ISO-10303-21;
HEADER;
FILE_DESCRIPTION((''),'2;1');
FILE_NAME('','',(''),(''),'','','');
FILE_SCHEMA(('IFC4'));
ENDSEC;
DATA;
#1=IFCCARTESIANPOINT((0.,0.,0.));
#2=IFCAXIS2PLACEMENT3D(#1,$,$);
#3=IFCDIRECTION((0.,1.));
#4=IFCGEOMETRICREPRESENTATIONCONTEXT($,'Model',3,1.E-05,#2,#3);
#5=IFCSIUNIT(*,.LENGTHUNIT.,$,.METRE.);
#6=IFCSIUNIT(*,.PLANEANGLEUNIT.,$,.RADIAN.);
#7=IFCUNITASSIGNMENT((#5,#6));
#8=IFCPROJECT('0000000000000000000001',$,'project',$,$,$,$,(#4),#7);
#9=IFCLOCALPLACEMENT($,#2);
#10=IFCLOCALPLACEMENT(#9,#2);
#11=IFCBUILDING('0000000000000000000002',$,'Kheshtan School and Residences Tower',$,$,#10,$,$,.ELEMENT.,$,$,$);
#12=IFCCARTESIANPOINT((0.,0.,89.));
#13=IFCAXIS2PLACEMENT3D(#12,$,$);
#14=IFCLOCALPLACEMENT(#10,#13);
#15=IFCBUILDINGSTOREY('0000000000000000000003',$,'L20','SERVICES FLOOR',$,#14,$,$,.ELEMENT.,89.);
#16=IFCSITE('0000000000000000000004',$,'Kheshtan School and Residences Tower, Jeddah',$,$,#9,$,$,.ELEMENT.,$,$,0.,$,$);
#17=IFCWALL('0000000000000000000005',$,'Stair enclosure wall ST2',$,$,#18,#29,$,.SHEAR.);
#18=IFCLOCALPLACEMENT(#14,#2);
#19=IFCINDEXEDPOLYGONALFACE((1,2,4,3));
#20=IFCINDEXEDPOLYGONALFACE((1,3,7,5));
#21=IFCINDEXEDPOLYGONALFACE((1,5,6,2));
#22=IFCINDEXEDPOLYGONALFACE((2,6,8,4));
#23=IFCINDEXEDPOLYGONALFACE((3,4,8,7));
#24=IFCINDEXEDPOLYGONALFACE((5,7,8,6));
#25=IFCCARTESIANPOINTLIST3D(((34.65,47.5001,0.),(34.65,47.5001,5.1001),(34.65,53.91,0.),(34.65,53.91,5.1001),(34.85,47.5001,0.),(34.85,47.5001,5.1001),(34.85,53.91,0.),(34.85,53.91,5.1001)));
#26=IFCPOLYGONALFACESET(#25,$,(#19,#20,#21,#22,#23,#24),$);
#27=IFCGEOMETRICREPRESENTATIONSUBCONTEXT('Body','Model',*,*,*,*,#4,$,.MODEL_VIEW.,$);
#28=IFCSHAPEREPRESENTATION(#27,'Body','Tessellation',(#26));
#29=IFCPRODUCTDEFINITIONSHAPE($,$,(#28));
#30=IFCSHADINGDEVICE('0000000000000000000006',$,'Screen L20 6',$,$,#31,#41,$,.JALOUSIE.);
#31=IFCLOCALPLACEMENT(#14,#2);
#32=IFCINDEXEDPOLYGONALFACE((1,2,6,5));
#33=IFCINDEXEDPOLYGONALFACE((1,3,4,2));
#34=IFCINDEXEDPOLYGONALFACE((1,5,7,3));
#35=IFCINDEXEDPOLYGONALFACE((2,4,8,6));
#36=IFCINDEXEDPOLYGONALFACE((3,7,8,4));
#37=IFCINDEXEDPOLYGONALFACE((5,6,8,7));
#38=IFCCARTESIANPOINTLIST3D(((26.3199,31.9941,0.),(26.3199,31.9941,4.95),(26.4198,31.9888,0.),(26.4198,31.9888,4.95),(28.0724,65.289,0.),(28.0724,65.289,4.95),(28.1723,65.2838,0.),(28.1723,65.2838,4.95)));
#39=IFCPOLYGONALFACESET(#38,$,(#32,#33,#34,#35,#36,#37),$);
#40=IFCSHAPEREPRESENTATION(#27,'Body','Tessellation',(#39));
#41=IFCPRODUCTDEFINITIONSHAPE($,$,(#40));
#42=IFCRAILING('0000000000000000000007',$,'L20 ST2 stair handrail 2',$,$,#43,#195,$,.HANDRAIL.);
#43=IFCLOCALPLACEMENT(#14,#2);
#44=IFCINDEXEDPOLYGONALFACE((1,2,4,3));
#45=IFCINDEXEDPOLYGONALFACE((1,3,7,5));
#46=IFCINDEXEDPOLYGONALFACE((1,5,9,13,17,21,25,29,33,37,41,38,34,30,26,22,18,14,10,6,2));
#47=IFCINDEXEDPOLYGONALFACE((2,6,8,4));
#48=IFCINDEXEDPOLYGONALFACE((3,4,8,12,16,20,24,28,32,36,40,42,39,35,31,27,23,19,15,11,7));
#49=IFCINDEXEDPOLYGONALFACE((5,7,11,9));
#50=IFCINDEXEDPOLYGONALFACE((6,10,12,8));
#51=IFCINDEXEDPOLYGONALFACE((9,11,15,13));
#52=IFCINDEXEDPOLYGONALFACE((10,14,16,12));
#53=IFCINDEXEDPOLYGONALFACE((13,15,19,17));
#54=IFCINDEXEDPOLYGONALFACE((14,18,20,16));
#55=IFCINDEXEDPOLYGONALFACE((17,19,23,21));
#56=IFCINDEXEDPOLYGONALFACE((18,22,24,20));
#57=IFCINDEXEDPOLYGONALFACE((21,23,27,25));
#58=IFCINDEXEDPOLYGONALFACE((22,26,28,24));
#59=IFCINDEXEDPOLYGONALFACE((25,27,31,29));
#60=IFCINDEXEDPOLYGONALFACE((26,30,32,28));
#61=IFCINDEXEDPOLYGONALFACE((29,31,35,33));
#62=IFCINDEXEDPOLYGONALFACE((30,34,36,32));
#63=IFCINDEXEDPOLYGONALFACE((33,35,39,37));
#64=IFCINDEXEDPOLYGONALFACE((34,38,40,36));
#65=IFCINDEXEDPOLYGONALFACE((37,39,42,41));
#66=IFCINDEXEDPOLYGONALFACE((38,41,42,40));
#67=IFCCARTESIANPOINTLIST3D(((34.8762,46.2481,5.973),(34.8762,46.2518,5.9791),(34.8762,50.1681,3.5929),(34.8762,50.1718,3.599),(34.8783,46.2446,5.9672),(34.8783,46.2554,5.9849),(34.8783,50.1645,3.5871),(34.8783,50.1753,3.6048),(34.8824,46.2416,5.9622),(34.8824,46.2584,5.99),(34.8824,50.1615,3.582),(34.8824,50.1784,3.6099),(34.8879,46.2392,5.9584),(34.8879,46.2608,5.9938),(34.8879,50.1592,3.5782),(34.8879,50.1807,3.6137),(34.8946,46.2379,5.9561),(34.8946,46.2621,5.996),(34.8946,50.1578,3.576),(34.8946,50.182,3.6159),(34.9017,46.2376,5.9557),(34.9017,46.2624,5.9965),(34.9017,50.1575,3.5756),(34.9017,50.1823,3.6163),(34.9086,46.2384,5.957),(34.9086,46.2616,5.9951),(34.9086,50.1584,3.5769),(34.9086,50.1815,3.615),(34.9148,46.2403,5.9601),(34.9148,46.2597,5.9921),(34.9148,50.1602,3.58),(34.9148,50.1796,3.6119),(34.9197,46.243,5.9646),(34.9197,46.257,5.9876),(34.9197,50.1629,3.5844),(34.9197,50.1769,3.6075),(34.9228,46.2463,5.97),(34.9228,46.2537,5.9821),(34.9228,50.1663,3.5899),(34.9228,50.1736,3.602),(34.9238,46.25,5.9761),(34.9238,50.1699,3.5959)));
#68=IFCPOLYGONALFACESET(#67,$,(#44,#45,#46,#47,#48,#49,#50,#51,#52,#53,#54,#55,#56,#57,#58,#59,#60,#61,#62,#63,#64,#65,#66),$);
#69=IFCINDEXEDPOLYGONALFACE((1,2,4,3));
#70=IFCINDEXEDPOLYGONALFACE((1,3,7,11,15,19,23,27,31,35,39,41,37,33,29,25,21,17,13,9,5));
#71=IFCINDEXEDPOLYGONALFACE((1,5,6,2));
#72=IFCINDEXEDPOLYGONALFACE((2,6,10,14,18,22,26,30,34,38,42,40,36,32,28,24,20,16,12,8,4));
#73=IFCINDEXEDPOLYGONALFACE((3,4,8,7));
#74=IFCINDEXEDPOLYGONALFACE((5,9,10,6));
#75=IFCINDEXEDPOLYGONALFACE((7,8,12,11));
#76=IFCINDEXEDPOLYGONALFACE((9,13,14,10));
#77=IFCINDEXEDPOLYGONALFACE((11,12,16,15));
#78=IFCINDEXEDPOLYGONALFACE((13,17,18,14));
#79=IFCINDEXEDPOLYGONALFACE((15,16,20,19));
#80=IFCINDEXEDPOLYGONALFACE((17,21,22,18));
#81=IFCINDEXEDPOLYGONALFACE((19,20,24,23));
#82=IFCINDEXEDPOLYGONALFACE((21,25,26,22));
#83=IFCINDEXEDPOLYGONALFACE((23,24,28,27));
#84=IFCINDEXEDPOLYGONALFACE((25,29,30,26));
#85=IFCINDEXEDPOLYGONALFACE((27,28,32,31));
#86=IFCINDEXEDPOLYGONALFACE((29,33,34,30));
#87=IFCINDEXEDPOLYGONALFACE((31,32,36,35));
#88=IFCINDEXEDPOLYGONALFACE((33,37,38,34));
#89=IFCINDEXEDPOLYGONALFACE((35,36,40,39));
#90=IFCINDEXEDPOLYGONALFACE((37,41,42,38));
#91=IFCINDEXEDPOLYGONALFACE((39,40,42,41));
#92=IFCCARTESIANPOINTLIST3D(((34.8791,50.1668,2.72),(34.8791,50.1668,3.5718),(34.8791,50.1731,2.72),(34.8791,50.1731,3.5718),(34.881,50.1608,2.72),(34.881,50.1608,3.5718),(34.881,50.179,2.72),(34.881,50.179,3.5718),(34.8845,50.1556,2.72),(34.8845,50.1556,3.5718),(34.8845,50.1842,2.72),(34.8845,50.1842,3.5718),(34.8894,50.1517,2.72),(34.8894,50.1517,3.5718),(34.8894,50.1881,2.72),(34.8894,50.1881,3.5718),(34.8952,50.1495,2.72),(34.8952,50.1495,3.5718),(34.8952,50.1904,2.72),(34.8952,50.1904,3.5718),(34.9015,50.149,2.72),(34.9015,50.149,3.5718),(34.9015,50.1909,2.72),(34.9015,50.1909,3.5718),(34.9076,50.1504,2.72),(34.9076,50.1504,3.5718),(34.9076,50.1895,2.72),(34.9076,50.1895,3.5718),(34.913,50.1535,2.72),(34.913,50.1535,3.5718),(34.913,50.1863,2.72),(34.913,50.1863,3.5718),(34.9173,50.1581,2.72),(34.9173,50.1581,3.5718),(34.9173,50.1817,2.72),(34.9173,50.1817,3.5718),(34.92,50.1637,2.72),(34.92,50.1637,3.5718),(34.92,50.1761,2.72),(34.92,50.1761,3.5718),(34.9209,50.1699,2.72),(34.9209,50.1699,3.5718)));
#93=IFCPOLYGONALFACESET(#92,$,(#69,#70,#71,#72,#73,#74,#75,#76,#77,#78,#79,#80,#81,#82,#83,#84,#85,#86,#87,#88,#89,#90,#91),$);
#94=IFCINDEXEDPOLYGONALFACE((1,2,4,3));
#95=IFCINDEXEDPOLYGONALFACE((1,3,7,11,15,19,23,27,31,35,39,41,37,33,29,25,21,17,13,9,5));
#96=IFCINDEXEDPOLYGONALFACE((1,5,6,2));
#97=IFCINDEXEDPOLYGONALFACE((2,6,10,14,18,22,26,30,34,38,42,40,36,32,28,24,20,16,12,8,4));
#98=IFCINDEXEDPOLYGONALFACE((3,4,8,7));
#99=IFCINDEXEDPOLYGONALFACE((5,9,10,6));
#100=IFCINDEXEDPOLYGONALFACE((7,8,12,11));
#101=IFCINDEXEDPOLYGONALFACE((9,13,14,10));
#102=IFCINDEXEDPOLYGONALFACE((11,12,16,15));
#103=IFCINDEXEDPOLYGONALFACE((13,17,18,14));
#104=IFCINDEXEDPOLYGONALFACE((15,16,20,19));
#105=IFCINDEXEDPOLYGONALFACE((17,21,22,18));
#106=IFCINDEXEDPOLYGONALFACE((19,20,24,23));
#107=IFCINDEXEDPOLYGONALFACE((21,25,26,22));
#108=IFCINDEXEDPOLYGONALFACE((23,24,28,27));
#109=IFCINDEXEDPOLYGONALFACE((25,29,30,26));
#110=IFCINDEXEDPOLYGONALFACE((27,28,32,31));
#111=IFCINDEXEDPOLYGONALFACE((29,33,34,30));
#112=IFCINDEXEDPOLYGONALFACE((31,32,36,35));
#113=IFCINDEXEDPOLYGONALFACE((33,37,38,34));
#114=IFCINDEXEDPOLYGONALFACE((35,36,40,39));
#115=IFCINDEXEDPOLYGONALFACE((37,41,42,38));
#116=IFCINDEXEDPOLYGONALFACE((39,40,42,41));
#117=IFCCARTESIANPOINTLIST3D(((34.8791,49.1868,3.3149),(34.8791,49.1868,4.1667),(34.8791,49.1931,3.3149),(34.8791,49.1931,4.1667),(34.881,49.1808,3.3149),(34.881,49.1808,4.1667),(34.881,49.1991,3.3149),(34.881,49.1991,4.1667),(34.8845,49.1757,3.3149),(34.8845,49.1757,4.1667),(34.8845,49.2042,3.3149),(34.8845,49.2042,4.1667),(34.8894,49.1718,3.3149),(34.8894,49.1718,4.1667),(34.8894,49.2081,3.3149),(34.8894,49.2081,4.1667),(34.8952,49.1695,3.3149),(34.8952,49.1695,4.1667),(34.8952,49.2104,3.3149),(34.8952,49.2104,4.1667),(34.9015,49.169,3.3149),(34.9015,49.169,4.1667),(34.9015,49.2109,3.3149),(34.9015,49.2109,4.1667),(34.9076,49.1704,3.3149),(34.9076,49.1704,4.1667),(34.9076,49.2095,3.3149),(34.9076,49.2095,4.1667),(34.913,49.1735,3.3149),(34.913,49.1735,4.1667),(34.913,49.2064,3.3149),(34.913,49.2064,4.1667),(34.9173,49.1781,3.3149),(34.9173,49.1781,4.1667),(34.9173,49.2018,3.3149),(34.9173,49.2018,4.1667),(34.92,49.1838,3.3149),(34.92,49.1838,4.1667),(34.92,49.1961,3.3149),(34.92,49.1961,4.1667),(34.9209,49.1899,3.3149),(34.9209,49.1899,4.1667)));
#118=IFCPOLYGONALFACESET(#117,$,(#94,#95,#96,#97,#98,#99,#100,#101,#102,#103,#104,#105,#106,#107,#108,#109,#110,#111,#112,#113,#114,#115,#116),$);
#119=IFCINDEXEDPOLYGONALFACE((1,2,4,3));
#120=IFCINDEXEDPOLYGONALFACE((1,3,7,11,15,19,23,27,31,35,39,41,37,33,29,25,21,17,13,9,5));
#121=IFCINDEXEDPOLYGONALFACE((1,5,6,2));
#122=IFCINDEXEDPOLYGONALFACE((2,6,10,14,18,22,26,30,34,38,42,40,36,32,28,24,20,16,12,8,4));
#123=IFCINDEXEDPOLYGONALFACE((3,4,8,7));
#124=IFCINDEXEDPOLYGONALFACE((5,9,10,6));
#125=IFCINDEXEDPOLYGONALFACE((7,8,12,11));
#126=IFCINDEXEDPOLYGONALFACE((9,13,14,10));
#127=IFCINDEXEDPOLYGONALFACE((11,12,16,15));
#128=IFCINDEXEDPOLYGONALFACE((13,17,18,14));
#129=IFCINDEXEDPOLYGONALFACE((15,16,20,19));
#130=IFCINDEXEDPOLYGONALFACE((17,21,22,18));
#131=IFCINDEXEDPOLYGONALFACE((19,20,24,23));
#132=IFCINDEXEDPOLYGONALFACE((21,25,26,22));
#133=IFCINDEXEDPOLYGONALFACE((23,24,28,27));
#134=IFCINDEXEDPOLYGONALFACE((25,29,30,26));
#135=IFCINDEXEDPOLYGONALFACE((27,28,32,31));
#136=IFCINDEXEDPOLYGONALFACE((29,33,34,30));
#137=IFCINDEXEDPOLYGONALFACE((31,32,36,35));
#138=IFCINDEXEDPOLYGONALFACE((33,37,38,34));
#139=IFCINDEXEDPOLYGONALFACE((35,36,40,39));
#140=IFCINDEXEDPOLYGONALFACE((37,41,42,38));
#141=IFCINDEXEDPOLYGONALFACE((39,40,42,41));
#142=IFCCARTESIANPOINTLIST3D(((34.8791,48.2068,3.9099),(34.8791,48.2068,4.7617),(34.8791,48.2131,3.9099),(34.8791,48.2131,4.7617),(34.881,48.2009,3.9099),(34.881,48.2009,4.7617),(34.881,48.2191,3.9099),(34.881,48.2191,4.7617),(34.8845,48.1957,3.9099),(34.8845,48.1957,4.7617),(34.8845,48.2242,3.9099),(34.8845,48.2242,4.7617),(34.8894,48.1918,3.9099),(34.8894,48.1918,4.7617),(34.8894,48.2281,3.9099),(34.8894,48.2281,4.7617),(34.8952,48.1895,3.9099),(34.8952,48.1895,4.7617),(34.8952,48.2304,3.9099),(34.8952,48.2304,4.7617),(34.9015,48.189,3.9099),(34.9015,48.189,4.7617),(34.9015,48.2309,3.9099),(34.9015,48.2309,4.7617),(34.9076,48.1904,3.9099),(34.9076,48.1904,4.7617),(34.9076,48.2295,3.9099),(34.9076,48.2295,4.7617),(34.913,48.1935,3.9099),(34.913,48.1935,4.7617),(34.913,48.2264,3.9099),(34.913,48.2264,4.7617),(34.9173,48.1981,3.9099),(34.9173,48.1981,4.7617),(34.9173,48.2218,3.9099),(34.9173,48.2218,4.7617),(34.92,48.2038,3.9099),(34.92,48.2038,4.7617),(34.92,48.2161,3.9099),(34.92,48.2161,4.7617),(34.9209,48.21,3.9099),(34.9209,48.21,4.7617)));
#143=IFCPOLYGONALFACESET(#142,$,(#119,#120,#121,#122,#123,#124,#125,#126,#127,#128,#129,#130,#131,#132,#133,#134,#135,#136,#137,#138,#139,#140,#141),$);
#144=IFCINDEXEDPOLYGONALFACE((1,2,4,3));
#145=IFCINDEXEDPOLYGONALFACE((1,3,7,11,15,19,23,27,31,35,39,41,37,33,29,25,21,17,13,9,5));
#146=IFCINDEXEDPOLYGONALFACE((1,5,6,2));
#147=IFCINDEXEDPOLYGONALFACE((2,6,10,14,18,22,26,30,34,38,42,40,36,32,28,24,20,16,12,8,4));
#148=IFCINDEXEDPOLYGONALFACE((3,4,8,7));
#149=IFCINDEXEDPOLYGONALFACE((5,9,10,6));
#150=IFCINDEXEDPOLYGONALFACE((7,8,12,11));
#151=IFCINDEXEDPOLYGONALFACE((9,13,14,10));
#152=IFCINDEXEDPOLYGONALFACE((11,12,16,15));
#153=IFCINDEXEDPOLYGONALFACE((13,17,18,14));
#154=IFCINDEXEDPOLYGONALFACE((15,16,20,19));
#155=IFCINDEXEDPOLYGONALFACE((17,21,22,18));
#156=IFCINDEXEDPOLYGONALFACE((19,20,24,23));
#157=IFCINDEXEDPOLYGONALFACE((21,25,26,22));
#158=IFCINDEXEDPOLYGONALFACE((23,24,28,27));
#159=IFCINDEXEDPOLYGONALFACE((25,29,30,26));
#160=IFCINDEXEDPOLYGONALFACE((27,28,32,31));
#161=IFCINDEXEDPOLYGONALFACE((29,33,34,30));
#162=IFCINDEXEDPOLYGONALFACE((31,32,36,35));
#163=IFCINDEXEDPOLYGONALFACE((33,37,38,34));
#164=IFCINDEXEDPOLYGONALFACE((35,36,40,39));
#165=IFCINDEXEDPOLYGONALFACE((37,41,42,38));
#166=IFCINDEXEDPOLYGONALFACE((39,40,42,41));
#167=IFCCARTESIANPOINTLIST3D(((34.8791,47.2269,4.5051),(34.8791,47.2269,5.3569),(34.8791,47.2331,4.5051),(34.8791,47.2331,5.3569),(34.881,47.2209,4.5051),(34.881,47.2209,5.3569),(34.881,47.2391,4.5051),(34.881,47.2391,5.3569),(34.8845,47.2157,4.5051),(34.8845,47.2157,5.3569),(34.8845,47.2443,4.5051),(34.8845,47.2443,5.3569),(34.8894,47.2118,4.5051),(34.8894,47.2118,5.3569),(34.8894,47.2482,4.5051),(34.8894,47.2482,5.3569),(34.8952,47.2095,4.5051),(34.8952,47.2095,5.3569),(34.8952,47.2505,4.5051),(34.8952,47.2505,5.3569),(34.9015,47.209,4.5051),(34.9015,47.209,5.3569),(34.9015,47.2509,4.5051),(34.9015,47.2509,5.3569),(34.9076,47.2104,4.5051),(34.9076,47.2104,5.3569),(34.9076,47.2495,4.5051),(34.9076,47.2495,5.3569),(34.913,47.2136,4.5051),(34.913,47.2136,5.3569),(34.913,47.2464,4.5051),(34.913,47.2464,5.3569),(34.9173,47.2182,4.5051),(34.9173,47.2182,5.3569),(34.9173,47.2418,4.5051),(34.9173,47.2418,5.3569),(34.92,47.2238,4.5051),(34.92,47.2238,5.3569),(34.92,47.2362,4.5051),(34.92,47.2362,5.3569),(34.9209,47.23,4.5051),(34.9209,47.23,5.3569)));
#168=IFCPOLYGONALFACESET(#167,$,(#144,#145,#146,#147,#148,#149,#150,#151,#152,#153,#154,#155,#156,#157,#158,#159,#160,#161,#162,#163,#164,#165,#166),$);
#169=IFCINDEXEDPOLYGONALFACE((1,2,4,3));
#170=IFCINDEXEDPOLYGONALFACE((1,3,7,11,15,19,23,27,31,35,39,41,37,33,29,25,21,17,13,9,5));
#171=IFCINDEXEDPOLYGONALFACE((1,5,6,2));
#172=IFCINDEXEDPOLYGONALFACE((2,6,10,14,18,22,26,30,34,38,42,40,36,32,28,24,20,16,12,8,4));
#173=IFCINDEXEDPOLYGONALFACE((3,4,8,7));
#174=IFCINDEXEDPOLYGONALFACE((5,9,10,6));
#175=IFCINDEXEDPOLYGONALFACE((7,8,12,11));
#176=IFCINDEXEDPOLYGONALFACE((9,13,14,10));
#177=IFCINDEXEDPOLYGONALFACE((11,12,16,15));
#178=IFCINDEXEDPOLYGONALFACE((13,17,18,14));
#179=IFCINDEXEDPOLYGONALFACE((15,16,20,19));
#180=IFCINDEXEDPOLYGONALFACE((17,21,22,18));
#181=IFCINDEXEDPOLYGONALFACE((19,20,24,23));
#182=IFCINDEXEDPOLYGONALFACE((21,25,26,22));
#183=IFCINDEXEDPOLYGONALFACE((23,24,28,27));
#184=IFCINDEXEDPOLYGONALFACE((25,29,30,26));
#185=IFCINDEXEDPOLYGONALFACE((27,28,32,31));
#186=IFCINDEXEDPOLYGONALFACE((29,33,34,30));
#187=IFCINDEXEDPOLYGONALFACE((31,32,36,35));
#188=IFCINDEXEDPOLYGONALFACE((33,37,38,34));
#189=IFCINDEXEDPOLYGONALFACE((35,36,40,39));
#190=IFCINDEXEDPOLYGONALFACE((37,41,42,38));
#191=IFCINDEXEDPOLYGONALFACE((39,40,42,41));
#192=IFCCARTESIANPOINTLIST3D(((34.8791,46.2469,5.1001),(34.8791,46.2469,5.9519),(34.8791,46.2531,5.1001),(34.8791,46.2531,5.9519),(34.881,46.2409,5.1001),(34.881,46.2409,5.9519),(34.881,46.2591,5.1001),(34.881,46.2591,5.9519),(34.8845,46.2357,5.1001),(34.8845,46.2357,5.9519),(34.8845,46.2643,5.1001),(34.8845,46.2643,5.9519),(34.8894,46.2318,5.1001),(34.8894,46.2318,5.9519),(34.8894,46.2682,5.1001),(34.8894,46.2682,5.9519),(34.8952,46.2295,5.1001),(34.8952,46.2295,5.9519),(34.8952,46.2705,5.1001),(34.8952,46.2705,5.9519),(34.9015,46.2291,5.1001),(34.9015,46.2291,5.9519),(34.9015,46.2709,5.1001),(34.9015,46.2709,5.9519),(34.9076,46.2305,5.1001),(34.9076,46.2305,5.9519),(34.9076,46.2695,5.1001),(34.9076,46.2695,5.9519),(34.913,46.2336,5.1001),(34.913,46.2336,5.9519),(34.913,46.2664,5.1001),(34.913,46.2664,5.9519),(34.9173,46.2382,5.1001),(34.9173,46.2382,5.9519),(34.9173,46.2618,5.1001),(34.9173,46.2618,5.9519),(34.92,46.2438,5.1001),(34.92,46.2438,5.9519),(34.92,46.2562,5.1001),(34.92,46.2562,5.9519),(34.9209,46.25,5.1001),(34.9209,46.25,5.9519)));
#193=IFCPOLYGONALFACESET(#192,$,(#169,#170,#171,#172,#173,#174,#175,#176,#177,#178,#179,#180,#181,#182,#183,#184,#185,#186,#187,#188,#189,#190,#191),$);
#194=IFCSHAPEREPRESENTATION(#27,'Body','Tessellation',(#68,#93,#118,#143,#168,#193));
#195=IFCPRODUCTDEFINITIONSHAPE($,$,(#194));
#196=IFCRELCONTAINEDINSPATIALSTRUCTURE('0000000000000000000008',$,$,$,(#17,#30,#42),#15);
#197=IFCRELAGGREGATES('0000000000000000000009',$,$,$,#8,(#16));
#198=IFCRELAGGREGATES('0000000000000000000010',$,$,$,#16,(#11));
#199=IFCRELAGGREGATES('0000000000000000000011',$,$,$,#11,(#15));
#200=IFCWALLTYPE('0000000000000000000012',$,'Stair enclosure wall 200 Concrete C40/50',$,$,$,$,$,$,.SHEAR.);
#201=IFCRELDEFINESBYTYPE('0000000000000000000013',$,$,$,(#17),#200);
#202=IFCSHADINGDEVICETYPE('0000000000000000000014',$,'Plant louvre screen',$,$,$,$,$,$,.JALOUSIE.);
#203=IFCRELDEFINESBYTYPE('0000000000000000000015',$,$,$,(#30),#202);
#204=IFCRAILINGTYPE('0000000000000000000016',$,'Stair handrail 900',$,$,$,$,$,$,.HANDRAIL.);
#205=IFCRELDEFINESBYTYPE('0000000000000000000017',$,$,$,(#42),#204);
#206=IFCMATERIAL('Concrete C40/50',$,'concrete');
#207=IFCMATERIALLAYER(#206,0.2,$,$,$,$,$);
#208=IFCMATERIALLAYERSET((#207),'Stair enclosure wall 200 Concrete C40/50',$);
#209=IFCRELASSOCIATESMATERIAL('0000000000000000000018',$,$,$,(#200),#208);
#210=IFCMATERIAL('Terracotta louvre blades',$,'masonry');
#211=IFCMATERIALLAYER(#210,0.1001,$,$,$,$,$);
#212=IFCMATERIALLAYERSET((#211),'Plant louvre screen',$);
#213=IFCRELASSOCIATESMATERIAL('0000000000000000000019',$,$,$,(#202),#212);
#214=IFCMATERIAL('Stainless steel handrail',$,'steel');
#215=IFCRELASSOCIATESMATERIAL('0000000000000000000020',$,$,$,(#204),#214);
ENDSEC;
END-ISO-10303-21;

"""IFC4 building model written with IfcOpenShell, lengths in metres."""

from ifc_helpers import new_model, si_unit, direction, frame, frame_2d, origin, origin_2d, place, context, subcontext, project, spatial, rectangle, circle, extrude, material, layer, layer_set, type_object, element, save


model = new_model("IFC4")

# Units and contexts
model_context = context("Model", 3, precision=1e-05, world=origin(), true_north=direction((0.0, 1.0)))
body_context = subcontext(model_context, "Body", "Model", "MODEL_VIEW")
ifc_project = project(units=[si_unit("LENGTHUNIT", "METRE"), si_unit("PLANEANGLEUNIT", "RADIAN")], contexts=[model_context])

# Site, building, storey
site_placement = place(None, origin())
site = spatial("IfcSite", under=ifc_project, at=site_placement, Name="Kheshtan School and Residences Tower, Jeddah", CompositionType="ELEMENT", RefElevation=0.0)
building_placement = place(site_placement, origin())
building = spatial("IfcBuilding", under=site, at=building_placement, Name="Kheshtan School and Residences Tower", CompositionType="ELEMENT")
storey_placement = place(building_placement, frame((0.0, 0.0, 89.0)))
storey = spatial("IfcBuildingStorey", under=building, at=storey_placement, Name="L20", Description="SERVICES FLOOR", CompositionType="ELEMENT", Elevation=89.0)

# Wall
ifc_material_1 = material(Name="Concrete C40/50", Category="concrete")
ifc_layer_1 = layer(ifc_material_1, 0.2)
ifc_layer_set_1 = layer_set([ifc_layer_1], Name="Stair enclosure wall 200 Concrete C40/50")
wall_type_1 = type_object("IfcWallType", Name="Stair enclosure wall 200 Concrete C40/50", PredefinedType="SHEAR", material=ifc_layer_set_1)
wall_1_placement = place(storey_placement, frame((34.75, 47.5, 0.0), z_axis=(0.0, 0.0, 1.0), x_axis=(0.0, 1.0, 0.0)))
element("IfcWall", 1, at=wall_1_placement, inside=storey, type_object=wall_type_1, Name="Stair enclosure wall ST2", PredefinedType="SHEAR", context=body_context, shape_type="SweptSolid", body=[
    extrude(rectangle(XDim=6.4099, YDim=0.2, at=frame_2d((3.2051, 0.0))), origin(), (0.0, 0.0, 1.0), 5.1001),
])

# Shading device
ifc_material_2 = material(Name="Terracotta louvre blades", Category="masonry")
ifc_layer_2 = layer(ifc_material_2, 0.1001)
ifc_layer_set_2 = layer_set([ifc_layer_2], Name="Plant louvre screen")
shading_device_type = type_object("IfcShadingDeviceType", Name="Plant louvre screen", PredefinedType="JALOUSIE", material=ifc_layer_set_2)
shading_device_placement = place(storey_placement, frame((27.2461, 48.6389, 0.0), z_axis=(0.0, 0.0, 1.0), x_axis=(0.052563, 0.998618, 0.0)))
element("IfcShadingDevice", 2, at=shading_device_placement, inside=storey, type_object=shading_device_type, Name="Screen L20 6", PredefinedType="JALOUSIE", context=body_context, shape_type="SweptSolid", body=[
    extrude(rectangle(XDim=33.3411, YDim=0.1001, at=origin_2d()), origin(), (0.0, 0.0, 1.0), 4.95),
])

# Railing
ifc_material_3 = material(Name="Stainless steel handrail", Category="steel")
railing_type = type_object("IfcRailingType", Name="Stair handrail 900", PredefinedType="HANDRAIL", material=ifc_material_3)
railing_placement = place(storey_placement, frame((34.8999, 50.1699, 2.72)))
element("IfcRailing", 3, at=railing_placement, inside=storey, type_object=railing_type, Name="L20 ST2 stair handrail 2", PredefinedType="HANDRAIL", context=body_context, shape_type="SweptSolid", body=[
    extrude(circle(Radius=0.0239, at=origin_2d()), frame((0.0, 0.0, 0.876), z_axis=(0.0, -0.854771, 0.519006), x_axis=(1.0, 0.0, 0.0)), (0.0, 0.0, 1.0), 4.5859),
    extrude(circle(Radius=0.021, at=origin_2d()), origin(), (0.0, 0.0, 1.0), 0.8518),
    extrude(circle(Radius=0.021, at=origin_2d()), frame((0.0, -0.98, 0.595)), (0.0, 0.0, 1.0), 0.8518),
    extrude(circle(Radius=0.021, at=origin_2d()), frame((0.0, -1.96, 1.1899)), (0.0, 0.0, 1.0), 0.8518),
    extrude(circle(Radius=0.021, at=origin_2d()), frame((0.0, -2.9399, 1.7852)), (0.0, 0.0, 1.0), 0.8518),
    extrude(circle(Radius=0.021, at=origin_2d()), frame((0.0, -3.9199, 2.3801)), (0.0, 0.0, 1.0), 0.8518),
])

save(model, "model.ifc")
